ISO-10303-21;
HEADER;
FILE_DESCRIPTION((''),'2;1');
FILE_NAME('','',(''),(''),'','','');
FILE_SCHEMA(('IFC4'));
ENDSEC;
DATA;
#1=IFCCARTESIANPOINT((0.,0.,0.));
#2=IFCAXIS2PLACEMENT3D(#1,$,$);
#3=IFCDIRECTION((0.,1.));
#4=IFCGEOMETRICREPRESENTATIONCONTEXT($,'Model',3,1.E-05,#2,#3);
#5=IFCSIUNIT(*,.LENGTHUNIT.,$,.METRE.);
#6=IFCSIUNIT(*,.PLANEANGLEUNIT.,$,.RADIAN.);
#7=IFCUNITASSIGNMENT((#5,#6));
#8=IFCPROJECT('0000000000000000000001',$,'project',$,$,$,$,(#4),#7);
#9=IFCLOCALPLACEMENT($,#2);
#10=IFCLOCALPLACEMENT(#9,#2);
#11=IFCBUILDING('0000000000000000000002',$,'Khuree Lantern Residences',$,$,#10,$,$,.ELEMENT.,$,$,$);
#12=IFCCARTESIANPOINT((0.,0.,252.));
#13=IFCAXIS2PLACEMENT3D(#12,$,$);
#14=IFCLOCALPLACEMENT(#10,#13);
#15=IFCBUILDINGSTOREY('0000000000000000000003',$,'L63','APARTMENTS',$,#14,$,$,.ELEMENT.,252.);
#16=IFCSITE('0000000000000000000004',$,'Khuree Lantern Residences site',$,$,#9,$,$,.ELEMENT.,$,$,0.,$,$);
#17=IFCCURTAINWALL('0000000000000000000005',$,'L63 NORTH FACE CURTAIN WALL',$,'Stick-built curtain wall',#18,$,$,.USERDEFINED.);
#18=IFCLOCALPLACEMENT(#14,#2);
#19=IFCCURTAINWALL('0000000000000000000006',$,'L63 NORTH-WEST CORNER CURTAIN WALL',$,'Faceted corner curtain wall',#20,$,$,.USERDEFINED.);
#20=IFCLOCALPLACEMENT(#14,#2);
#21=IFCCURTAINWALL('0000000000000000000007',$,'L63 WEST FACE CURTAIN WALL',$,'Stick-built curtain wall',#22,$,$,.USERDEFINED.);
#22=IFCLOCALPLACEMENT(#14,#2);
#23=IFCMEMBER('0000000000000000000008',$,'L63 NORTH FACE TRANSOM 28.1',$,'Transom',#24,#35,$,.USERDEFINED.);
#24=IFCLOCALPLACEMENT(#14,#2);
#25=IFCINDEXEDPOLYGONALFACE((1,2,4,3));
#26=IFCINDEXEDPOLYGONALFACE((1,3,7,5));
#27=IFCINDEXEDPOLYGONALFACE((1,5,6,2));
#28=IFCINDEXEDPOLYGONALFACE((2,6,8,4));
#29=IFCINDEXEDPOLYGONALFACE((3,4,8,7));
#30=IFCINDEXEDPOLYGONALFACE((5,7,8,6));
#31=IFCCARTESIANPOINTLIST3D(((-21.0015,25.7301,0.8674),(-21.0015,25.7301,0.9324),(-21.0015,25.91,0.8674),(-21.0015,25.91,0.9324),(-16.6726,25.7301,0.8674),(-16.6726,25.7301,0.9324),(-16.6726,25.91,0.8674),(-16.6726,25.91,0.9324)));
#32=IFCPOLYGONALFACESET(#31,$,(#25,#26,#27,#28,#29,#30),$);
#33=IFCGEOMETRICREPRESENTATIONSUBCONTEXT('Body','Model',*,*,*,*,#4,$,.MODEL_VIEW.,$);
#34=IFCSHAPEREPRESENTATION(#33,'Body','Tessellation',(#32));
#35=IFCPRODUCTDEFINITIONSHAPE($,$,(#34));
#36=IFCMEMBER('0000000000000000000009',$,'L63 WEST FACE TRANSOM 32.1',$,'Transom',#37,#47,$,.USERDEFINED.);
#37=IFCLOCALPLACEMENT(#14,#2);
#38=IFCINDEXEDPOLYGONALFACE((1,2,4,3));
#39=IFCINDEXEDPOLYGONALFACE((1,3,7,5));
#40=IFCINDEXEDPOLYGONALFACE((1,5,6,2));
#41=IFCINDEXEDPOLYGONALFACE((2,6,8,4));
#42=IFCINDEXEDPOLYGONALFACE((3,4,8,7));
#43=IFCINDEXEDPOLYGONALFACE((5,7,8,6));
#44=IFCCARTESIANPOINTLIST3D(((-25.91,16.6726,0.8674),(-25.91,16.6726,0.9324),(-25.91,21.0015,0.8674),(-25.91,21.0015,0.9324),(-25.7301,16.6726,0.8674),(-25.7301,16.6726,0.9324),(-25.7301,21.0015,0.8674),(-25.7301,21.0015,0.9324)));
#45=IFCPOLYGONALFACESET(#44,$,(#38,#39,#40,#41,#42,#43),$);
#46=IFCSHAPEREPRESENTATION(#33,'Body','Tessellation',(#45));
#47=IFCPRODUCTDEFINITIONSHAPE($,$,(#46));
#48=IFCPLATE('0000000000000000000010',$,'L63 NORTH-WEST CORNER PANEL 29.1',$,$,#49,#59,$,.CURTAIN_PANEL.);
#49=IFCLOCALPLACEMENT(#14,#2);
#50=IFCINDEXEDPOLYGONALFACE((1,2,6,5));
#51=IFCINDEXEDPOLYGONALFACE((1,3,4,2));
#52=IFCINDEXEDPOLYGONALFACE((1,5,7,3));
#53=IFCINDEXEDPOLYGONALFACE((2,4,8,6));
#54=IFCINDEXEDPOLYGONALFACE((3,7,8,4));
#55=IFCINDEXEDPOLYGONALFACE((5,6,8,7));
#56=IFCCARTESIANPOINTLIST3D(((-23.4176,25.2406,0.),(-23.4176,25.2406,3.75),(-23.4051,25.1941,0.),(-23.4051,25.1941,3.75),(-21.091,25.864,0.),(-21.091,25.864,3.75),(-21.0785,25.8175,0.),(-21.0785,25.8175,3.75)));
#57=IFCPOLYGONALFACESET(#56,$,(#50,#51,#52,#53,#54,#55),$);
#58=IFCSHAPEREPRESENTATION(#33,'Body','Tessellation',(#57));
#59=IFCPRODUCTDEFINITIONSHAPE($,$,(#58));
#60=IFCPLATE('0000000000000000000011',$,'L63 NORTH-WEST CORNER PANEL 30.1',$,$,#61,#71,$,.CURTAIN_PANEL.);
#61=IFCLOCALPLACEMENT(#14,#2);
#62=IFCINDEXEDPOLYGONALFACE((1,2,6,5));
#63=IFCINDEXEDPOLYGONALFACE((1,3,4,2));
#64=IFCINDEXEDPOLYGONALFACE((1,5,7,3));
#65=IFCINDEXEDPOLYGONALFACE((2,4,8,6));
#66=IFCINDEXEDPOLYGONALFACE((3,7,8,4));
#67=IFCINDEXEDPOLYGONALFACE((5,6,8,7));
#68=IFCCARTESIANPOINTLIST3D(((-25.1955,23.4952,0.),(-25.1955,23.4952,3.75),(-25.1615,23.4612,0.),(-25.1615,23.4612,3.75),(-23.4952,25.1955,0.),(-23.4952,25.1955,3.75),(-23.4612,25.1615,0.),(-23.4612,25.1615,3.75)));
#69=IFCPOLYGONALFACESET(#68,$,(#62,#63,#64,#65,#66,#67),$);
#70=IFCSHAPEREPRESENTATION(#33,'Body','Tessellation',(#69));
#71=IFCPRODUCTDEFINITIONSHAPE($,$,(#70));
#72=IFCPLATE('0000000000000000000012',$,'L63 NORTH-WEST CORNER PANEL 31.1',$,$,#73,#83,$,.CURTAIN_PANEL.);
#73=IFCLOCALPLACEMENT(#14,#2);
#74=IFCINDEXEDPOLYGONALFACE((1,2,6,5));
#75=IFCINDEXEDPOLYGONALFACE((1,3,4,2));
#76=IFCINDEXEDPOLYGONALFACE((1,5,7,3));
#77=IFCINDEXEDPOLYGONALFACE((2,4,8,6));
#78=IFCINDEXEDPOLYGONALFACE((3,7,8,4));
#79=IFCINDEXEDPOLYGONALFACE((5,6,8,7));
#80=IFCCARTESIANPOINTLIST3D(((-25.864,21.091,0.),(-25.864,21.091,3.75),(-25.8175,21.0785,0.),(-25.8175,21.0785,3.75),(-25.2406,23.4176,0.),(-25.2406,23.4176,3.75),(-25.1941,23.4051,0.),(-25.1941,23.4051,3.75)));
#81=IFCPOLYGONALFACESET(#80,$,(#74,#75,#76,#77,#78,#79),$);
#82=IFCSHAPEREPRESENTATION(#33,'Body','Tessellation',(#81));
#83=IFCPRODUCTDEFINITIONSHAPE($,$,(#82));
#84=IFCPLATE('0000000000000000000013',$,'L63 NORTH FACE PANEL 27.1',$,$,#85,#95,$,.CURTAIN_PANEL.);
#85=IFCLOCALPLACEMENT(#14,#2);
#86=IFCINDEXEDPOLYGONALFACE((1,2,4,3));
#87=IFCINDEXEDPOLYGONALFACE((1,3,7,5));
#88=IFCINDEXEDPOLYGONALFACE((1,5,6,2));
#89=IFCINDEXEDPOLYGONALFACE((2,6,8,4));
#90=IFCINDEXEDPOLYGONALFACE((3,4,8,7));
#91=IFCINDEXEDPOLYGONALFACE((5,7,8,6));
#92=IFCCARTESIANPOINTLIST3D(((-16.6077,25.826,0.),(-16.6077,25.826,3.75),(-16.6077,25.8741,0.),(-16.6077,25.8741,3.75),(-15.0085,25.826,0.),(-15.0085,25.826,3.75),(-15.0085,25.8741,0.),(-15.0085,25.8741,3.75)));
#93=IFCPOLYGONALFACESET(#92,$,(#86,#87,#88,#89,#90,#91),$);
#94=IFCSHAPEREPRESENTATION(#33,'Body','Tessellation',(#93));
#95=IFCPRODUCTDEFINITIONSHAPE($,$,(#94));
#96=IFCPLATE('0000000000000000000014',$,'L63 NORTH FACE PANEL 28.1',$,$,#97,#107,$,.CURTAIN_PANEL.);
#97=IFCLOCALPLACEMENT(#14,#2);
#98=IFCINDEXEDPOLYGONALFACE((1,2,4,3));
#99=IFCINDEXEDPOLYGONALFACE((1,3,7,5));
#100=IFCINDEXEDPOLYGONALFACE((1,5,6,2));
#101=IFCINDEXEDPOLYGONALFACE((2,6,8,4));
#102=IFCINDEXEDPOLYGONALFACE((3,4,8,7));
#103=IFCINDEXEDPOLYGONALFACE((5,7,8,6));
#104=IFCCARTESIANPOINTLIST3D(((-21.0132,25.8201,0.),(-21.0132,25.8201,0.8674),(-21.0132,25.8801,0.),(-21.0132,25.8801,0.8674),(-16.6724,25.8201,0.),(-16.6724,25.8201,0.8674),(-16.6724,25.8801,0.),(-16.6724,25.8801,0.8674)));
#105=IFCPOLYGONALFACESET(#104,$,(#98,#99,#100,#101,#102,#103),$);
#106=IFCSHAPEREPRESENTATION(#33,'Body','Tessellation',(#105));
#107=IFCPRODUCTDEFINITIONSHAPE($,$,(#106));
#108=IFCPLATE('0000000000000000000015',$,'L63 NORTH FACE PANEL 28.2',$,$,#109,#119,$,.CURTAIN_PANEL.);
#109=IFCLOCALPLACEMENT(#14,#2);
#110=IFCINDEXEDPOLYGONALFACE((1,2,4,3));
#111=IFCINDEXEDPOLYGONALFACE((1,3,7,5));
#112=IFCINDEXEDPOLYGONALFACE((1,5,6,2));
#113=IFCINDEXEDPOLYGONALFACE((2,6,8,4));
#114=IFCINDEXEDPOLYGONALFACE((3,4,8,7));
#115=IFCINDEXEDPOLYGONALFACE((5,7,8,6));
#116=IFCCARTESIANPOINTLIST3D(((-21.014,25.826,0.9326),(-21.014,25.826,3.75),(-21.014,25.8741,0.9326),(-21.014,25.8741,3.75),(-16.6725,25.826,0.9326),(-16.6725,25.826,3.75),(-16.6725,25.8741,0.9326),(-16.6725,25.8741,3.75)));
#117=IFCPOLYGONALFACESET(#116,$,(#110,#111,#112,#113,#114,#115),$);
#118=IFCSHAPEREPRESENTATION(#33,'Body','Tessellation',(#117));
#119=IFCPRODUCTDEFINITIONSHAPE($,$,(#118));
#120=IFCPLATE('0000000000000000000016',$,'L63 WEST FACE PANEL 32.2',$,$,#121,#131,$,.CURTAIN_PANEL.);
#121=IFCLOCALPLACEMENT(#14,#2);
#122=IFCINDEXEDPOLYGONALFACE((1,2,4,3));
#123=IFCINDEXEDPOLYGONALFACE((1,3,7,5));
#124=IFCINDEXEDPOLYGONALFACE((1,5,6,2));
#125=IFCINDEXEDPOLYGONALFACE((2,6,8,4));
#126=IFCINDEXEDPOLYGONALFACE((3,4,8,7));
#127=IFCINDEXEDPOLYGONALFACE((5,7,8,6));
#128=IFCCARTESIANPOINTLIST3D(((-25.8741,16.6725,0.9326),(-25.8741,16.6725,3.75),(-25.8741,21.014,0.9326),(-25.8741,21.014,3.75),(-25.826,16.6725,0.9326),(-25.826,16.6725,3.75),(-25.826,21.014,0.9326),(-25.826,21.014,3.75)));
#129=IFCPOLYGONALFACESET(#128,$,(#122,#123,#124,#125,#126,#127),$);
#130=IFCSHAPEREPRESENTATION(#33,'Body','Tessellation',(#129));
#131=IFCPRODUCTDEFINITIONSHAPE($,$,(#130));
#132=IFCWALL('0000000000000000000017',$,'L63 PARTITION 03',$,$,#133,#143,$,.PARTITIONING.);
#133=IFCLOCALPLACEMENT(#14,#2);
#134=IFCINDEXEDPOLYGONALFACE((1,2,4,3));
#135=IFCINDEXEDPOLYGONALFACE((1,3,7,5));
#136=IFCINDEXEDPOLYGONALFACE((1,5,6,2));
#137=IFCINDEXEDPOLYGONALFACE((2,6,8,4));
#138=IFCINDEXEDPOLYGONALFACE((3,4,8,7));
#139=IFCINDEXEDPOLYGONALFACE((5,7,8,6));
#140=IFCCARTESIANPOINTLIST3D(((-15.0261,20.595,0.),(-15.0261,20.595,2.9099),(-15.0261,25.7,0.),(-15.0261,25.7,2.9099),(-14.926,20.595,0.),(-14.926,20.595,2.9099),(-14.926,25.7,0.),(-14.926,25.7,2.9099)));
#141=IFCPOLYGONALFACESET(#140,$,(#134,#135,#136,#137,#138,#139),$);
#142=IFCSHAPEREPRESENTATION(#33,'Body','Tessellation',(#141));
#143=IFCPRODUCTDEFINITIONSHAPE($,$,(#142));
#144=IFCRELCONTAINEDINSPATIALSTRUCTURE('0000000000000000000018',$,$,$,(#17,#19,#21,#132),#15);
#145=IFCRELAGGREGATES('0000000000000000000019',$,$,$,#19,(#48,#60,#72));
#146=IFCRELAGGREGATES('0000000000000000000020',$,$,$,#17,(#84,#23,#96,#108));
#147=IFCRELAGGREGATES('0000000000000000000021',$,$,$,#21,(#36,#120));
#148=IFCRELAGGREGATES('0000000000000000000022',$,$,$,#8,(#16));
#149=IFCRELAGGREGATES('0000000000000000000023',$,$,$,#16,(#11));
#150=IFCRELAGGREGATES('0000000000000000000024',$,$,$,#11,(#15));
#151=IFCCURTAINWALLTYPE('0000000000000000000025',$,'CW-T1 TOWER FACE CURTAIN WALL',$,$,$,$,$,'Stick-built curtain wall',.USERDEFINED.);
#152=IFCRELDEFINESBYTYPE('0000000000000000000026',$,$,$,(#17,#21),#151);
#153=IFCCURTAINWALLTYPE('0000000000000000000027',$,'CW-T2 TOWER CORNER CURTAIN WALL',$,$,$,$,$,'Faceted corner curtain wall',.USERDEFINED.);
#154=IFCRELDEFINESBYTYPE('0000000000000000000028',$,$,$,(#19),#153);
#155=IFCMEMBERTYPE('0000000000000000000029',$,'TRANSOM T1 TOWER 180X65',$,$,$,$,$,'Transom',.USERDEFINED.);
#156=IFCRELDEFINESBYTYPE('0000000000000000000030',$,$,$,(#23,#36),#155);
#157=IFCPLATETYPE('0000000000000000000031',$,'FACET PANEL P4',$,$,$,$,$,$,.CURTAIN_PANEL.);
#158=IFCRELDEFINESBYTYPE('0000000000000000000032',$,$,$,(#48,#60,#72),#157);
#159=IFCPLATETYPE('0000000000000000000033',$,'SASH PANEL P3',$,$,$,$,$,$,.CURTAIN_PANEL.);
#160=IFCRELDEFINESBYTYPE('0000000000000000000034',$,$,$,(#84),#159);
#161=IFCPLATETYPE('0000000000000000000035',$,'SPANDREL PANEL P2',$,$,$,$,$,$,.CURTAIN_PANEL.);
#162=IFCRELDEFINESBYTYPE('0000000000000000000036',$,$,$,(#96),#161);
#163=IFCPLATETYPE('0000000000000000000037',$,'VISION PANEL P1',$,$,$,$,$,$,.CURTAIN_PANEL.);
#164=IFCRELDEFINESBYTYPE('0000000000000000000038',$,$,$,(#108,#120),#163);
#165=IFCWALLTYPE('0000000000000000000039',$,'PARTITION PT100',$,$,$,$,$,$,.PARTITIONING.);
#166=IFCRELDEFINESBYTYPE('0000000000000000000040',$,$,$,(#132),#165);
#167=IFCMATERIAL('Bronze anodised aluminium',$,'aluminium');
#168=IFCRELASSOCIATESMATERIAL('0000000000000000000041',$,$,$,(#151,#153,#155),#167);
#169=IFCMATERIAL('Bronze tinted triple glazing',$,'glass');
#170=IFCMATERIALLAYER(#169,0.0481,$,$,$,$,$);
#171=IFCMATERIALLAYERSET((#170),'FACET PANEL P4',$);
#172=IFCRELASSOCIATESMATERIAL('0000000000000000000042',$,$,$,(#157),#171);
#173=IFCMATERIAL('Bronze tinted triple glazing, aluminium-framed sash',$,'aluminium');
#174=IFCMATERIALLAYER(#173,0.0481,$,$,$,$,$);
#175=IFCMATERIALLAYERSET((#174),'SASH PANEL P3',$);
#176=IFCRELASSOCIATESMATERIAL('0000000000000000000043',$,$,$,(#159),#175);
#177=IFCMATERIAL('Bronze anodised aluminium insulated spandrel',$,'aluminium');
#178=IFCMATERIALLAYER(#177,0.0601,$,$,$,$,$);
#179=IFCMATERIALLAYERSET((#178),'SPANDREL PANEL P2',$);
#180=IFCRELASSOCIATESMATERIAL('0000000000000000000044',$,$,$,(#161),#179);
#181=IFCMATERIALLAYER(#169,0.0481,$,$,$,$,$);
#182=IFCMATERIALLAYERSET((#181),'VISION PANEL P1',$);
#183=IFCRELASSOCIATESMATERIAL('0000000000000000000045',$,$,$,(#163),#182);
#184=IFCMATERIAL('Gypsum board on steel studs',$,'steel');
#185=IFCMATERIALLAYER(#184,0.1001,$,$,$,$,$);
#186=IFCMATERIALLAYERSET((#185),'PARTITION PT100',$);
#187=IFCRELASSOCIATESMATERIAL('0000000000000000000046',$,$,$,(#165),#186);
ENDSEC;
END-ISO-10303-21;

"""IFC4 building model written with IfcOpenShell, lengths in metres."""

from ifc_helpers import new_model, si_unit, direction, frame, frame_2d, origin, origin_2d, place, context, subcontext, project, spatial, rectangle, extrude, material, layer, layer_set, material_profile, profile_set, type_object, element, aggregate, save


model = new_model("IFC4")

# Units and contexts
model_context = context("Model", 3, precision=1e-05, world=origin(), true_north=direction((0.0, 1.0)))
body_context = subcontext(model_context, "Body", "Model", "MODEL_VIEW")
ifc_project = project(units=[si_unit("LENGTHUNIT", "METRE"), si_unit("PLANEANGLEUNIT", "RADIAN")], contexts=[model_context])

# Site, building, storey
site_placement = place(None, origin())
site = spatial("IfcSite", under=ifc_project, at=site_placement, Name="Khuree Lantern Residences site", CompositionType="ELEMENT", RefElevation=0.0)
building_placement = place(site_placement, origin())
building = spatial("IfcBuilding", under=site, at=building_placement, Name="Khuree Lantern Residences", CompositionType="ELEMENT")
storey_placement = place(building_placement, frame((0.0, 0.0, 252.0)))
storey = spatial("IfcBuildingStorey", under=building, at=storey_placement, Name="L63", Description="APARTMENTS", CompositionType="ELEMENT", Elevation=252.0)

# Curtain walls
ifc_material_1 = material(Name="Bronze anodised aluminium", Category="aluminium")
curtain_wall_type_1 = type_object("IfcCurtainWallType", Name="CW-T1 TOWER FACE CURTAIN WALL", ElementType="Stick-built curtain wall", PredefinedType="USERDEFINED", material=ifc_material_1)
curtain_wall_1_placement = place(storey_placement, origin())
curtain_wall_1 = element("IfcCurtainWall", 1, at=curtain_wall_1_placement, inside=storey, type_object=curtain_wall_type_1, Name="L63 NORTH FACE CURTAIN WALL", ObjectType="Stick-built curtain wall", PredefinedType="USERDEFINED")
curtain_wall_type_2 = type_object("IfcCurtainWallType", Name="CW-T2 TOWER CORNER CURTAIN WALL", ElementType="Faceted corner curtain wall", PredefinedType="USERDEFINED", material=ifc_material_1)
curtain_wall_2_placement = place(storey_placement, origin())
curtain_wall_2 = element("IfcCurtainWall", 2, at=curtain_wall_2_placement, inside=storey, type_object=curtain_wall_type_2, Name="L63 NORTH-WEST CORNER CURTAIN WALL", ObjectType="Faceted corner curtain wall", PredefinedType="USERDEFINED")

# Curtain wall
curtain_wall_3_placement = place(storey_placement, origin())
curtain_wall_3 = element("IfcCurtainWall", 3, at=curtain_wall_3_placement, inside=storey, type_object=curtain_wall_type_1, Name="L63 WEST FACE CURTAIN WALL", ObjectType="Stick-built curtain wall", PredefinedType="USERDEFINED")

# Members
ifc_material_profile_1 = material_profile(ifc_material_1, rectangle(XDim=0.1799, YDim=0.0649, at=origin_2d()), Name="T1 180X65")
ifc_profile_set_1 = profile_set([ifc_material_profile_1], Name="Bronze anodised aluminium")
member_type_1 = type_object("IfcMemberType", Name="TRANSOM T1 TOWER 180X65", ElementType="Transom", PredefinedType="USERDEFINED", material=ifc_profile_set_1)
member_1_placement = place(storey_placement, frame((-16.6726, 25.8201, 0.8999), z_axis=(-1.0, 0.0, 0.0), x_axis=(0.0, -1.0, 0.0)))
member_1 = element("IfcMember", 4, at=member_1_placement, type_object=member_type_1, Name="L63 NORTH FACE TRANSOM 28.1", ObjectType="Transom", PredefinedType="USERDEFINED", context=body_context, shape_type="SweptSolid", body=[
    extrude(rectangle(XDim=0.1799, YDim=0.0649, at=origin_2d()), origin(), (0.0, 0.0, 1.0), 4.3289),
])
member_2_placement = place(storey_placement, frame((-25.8201, 21.0015, 0.8999), z_axis=(0.0, -1.0, 0.0), x_axis=(1.0, 0.0, 0.0)))
member_2 = element("IfcMember", 5, at=member_2_placement, type_object=member_type_1, Name="L63 WEST FACE TRANSOM 32.1", ObjectType="Transom", PredefinedType="USERDEFINED", context=body_context, shape_type="SweptSolid", body=[
    extrude(rectangle(XDim=0.1799, YDim=0.0649, at=origin_2d()), origin(), (0.0, 0.0, 1.0), 4.3289),
])

# Plates
ifc_material_2 = material(Name="Bronze tinted triple glazing", Category="glass")
ifc_layer_1 = layer(ifc_material_2, 0.0481)
ifc_layer_set_1 = layer_set([ifc_layer_1], Name="FACET PANEL P4")
plate_type_1 = type_object("IfcPlateType", Name="FACET PANEL P4", PredefinedType="CURTAIN_PANEL", material=ifc_layer_set_1)
plate_1_placement = place(storey_placement, frame((-22.248, 25.5291, 0.0), z_axis=(0.0, 0.0, 1.0), x_axis=(-0.965926, -0.258819, 0.0)))
plate_1 = element("IfcPlate", 6, at=plate_1_placement, type_object=plate_type_1, Name="L63 NORTH-WEST CORNER PANEL 29.1", PredefinedType="CURTAIN_PANEL", context=body_context, shape_type="SweptSolid", body=[
    extrude(rectangle(XDim=2.4087, YDim=0.0481, at=origin_2d()), origin(), (0.0, 0.0, 1.0), 3.75),
])
plate_2_placement = place(storey_placement, frame((-24.3284, 24.3284, 0.0), z_axis=(0.0, 0.0, 1.0), x_axis=(-0.707107, -0.707107, 0.0)))
plate_2 = element("IfcPlate", 7, at=plate_2_placement, type_object=plate_type_1, Name="L63 NORTH-WEST CORNER PANEL 30.1", PredefinedType="CURTAIN_PANEL", context=body_context, shape_type="SweptSolid", body=[
    extrude(rectangle(XDim=2.4045, YDim=0.0481, at=origin_2d()), origin(), (0.0, 0.0, 1.0), 3.75),
])
plate_3_placement = place(storey_placement, frame((-25.5291, 22.248, 0.0), z_axis=(0.0, 0.0, 1.0), x_axis=(-0.258819, -0.965926, 0.0)))
plate_3 = element("IfcPlate", 8, at=plate_3_placement, type_object=plate_type_1, Name="L63 NORTH-WEST CORNER PANEL 31.1", PredefinedType="CURTAIN_PANEL", context=body_context, shape_type="SweptSolid", body=[
    extrude(rectangle(XDim=2.4087, YDim=0.0481, at=origin_2d()), origin(), (0.0, 0.0, 1.0), 3.75),
])
aggregate(curtain_wall_2, [plate_1, plate_2, plate_3])
ifc_material_3 = material(Name="Bronze tinted triple glazing, aluminium-framed sash", Category="aluminium")
ifc_layer_2 = layer(ifc_material_3, 0.0481)
ifc_layer_set_2 = layer_set([ifc_layer_2], Name="SASH PANEL P3")
plate_type_2 = type_object("IfcPlateType", Name="SASH PANEL P3", PredefinedType="CURTAIN_PANEL", material=ifc_layer_set_2)
plate_4_placement = place(storey_placement, frame((-15.8081, 25.8501, 0.0), z_axis=(0.0, 0.0, 1.0), x_axis=(-1.0, 0.0, 0.0)))
plate_4 = element("IfcPlate", 9, at=plate_4_placement, type_object=plate_type_2, Name="L63 NORTH FACE PANEL 27.1", PredefinedType="CURTAIN_PANEL", context=body_context, shape_type="SweptSolid", body=[
    extrude(rectangle(XDim=1.5991, YDim=0.0481, at=origin_2d()), origin(), (0.0, 0.0, 1.0), 3.75),
])
ifc_material_4 = material(Name="Bronze anodised aluminium insulated spandrel", Category="aluminium")
ifc_layer_3 = layer(ifc_material_4, 0.0601)
ifc_layer_set_3 = layer_set([ifc_layer_3], Name="SPANDREL PANEL P2")
plate_type_3 = type_object("IfcPlateType", Name="SPANDREL PANEL P2", PredefinedType="CURTAIN_PANEL", material=ifc_layer_set_3)
plate_5_placement = place(storey_placement, frame((-18.8428, 25.8501, 0.0), z_axis=(0.0, 0.0, 1.0), x_axis=(-1.0, 0.0, 0.0)))
plate_5 = element("IfcPlate", 10, at=plate_5_placement, type_object=plate_type_3, Name="L63 NORTH FACE PANEL 28.1", PredefinedType="CURTAIN_PANEL", context=body_context, shape_type="SweptSolid", body=[
    extrude(rectangle(XDim=4.3408, YDim=0.0601, at=origin_2d()), origin(), (0.0, 0.0, 1.0), 0.8674),
])
ifc_layer_4 = layer(ifc_material_2, 0.0481)
ifc_layer_set_4 = layer_set([ifc_layer_4], Name="VISION PANEL P1")
plate_type_4 = type_object("IfcPlateType", Name="VISION PANEL P1", PredefinedType="CURTAIN_PANEL", material=ifc_layer_set_4)
plate_6_placement = place(storey_placement, frame((-18.8433, 25.8501, 0.9326), z_axis=(0.0, 0.0, 1.0), x_axis=(-1.0, 0.0, 0.0)))
plate_6 = element("IfcPlate", 11, at=plate_6_placement, type_object=plate_type_4, Name="L63 NORTH FACE PANEL 28.2", PredefinedType="CURTAIN_PANEL", context=body_context, shape_type="SweptSolid", body=[
    extrude(rectangle(XDim=4.3416, YDim=0.0481, at=origin_2d()), origin(), (0.0, 0.0, 1.0), 2.8174),
])
aggregate(curtain_wall_1, [plate_4, member_1, plate_5, plate_6])
plate_7_placement = place(storey_placement, frame((-25.8501, 18.8433, 0.9326), z_axis=(0.0, 0.0, 1.0), x_axis=(0.0, -1.0, 0.0)))
plate_7 = element("IfcPlate", 12, at=plate_7_placement, type_object=plate_type_4, Name="L63 WEST FACE PANEL 32.2", PredefinedType="CURTAIN_PANEL", context=body_context, shape_type="SweptSolid", body=[
    extrude(rectangle(XDim=4.3416, YDim=0.0481, at=origin_2d()), origin(), (0.0, 0.0, 1.0), 2.8174),
])
aggregate(curtain_wall_3, [member_2, plate_7])

# Wall
ifc_material_5 = material(Name="Gypsum board on steel studs", Category="steel")
ifc_layer_5 = layer(ifc_material_5, 0.1001)
ifc_layer_set_5 = layer_set([ifc_layer_5], Name="PARTITION PT100")
wall_type = type_object("IfcWallType", Name="PARTITION PT100", PredefinedType="PARTITIONING", material=ifc_layer_set_5)
wall_placement = place(storey_placement, frame((-14.9761, 20.595, 0.0), z_axis=(0.0, 0.0, 1.0), x_axis=(0.0, 1.0, 0.0)))
element("IfcWall", 13, at=wall_placement, inside=storey, type_object=wall_type, Name="L63 PARTITION 03", PredefinedType="PARTITIONING", context=body_context, shape_type="SweptSolid", body=[
    extrude(rectangle(XDim=5.105, YDim=0.1001, at=frame_2d((2.5525, 0.0))), origin(), (0.0, 0.0, 1.0), 2.9099),
])

save(model, "model.ifc")
